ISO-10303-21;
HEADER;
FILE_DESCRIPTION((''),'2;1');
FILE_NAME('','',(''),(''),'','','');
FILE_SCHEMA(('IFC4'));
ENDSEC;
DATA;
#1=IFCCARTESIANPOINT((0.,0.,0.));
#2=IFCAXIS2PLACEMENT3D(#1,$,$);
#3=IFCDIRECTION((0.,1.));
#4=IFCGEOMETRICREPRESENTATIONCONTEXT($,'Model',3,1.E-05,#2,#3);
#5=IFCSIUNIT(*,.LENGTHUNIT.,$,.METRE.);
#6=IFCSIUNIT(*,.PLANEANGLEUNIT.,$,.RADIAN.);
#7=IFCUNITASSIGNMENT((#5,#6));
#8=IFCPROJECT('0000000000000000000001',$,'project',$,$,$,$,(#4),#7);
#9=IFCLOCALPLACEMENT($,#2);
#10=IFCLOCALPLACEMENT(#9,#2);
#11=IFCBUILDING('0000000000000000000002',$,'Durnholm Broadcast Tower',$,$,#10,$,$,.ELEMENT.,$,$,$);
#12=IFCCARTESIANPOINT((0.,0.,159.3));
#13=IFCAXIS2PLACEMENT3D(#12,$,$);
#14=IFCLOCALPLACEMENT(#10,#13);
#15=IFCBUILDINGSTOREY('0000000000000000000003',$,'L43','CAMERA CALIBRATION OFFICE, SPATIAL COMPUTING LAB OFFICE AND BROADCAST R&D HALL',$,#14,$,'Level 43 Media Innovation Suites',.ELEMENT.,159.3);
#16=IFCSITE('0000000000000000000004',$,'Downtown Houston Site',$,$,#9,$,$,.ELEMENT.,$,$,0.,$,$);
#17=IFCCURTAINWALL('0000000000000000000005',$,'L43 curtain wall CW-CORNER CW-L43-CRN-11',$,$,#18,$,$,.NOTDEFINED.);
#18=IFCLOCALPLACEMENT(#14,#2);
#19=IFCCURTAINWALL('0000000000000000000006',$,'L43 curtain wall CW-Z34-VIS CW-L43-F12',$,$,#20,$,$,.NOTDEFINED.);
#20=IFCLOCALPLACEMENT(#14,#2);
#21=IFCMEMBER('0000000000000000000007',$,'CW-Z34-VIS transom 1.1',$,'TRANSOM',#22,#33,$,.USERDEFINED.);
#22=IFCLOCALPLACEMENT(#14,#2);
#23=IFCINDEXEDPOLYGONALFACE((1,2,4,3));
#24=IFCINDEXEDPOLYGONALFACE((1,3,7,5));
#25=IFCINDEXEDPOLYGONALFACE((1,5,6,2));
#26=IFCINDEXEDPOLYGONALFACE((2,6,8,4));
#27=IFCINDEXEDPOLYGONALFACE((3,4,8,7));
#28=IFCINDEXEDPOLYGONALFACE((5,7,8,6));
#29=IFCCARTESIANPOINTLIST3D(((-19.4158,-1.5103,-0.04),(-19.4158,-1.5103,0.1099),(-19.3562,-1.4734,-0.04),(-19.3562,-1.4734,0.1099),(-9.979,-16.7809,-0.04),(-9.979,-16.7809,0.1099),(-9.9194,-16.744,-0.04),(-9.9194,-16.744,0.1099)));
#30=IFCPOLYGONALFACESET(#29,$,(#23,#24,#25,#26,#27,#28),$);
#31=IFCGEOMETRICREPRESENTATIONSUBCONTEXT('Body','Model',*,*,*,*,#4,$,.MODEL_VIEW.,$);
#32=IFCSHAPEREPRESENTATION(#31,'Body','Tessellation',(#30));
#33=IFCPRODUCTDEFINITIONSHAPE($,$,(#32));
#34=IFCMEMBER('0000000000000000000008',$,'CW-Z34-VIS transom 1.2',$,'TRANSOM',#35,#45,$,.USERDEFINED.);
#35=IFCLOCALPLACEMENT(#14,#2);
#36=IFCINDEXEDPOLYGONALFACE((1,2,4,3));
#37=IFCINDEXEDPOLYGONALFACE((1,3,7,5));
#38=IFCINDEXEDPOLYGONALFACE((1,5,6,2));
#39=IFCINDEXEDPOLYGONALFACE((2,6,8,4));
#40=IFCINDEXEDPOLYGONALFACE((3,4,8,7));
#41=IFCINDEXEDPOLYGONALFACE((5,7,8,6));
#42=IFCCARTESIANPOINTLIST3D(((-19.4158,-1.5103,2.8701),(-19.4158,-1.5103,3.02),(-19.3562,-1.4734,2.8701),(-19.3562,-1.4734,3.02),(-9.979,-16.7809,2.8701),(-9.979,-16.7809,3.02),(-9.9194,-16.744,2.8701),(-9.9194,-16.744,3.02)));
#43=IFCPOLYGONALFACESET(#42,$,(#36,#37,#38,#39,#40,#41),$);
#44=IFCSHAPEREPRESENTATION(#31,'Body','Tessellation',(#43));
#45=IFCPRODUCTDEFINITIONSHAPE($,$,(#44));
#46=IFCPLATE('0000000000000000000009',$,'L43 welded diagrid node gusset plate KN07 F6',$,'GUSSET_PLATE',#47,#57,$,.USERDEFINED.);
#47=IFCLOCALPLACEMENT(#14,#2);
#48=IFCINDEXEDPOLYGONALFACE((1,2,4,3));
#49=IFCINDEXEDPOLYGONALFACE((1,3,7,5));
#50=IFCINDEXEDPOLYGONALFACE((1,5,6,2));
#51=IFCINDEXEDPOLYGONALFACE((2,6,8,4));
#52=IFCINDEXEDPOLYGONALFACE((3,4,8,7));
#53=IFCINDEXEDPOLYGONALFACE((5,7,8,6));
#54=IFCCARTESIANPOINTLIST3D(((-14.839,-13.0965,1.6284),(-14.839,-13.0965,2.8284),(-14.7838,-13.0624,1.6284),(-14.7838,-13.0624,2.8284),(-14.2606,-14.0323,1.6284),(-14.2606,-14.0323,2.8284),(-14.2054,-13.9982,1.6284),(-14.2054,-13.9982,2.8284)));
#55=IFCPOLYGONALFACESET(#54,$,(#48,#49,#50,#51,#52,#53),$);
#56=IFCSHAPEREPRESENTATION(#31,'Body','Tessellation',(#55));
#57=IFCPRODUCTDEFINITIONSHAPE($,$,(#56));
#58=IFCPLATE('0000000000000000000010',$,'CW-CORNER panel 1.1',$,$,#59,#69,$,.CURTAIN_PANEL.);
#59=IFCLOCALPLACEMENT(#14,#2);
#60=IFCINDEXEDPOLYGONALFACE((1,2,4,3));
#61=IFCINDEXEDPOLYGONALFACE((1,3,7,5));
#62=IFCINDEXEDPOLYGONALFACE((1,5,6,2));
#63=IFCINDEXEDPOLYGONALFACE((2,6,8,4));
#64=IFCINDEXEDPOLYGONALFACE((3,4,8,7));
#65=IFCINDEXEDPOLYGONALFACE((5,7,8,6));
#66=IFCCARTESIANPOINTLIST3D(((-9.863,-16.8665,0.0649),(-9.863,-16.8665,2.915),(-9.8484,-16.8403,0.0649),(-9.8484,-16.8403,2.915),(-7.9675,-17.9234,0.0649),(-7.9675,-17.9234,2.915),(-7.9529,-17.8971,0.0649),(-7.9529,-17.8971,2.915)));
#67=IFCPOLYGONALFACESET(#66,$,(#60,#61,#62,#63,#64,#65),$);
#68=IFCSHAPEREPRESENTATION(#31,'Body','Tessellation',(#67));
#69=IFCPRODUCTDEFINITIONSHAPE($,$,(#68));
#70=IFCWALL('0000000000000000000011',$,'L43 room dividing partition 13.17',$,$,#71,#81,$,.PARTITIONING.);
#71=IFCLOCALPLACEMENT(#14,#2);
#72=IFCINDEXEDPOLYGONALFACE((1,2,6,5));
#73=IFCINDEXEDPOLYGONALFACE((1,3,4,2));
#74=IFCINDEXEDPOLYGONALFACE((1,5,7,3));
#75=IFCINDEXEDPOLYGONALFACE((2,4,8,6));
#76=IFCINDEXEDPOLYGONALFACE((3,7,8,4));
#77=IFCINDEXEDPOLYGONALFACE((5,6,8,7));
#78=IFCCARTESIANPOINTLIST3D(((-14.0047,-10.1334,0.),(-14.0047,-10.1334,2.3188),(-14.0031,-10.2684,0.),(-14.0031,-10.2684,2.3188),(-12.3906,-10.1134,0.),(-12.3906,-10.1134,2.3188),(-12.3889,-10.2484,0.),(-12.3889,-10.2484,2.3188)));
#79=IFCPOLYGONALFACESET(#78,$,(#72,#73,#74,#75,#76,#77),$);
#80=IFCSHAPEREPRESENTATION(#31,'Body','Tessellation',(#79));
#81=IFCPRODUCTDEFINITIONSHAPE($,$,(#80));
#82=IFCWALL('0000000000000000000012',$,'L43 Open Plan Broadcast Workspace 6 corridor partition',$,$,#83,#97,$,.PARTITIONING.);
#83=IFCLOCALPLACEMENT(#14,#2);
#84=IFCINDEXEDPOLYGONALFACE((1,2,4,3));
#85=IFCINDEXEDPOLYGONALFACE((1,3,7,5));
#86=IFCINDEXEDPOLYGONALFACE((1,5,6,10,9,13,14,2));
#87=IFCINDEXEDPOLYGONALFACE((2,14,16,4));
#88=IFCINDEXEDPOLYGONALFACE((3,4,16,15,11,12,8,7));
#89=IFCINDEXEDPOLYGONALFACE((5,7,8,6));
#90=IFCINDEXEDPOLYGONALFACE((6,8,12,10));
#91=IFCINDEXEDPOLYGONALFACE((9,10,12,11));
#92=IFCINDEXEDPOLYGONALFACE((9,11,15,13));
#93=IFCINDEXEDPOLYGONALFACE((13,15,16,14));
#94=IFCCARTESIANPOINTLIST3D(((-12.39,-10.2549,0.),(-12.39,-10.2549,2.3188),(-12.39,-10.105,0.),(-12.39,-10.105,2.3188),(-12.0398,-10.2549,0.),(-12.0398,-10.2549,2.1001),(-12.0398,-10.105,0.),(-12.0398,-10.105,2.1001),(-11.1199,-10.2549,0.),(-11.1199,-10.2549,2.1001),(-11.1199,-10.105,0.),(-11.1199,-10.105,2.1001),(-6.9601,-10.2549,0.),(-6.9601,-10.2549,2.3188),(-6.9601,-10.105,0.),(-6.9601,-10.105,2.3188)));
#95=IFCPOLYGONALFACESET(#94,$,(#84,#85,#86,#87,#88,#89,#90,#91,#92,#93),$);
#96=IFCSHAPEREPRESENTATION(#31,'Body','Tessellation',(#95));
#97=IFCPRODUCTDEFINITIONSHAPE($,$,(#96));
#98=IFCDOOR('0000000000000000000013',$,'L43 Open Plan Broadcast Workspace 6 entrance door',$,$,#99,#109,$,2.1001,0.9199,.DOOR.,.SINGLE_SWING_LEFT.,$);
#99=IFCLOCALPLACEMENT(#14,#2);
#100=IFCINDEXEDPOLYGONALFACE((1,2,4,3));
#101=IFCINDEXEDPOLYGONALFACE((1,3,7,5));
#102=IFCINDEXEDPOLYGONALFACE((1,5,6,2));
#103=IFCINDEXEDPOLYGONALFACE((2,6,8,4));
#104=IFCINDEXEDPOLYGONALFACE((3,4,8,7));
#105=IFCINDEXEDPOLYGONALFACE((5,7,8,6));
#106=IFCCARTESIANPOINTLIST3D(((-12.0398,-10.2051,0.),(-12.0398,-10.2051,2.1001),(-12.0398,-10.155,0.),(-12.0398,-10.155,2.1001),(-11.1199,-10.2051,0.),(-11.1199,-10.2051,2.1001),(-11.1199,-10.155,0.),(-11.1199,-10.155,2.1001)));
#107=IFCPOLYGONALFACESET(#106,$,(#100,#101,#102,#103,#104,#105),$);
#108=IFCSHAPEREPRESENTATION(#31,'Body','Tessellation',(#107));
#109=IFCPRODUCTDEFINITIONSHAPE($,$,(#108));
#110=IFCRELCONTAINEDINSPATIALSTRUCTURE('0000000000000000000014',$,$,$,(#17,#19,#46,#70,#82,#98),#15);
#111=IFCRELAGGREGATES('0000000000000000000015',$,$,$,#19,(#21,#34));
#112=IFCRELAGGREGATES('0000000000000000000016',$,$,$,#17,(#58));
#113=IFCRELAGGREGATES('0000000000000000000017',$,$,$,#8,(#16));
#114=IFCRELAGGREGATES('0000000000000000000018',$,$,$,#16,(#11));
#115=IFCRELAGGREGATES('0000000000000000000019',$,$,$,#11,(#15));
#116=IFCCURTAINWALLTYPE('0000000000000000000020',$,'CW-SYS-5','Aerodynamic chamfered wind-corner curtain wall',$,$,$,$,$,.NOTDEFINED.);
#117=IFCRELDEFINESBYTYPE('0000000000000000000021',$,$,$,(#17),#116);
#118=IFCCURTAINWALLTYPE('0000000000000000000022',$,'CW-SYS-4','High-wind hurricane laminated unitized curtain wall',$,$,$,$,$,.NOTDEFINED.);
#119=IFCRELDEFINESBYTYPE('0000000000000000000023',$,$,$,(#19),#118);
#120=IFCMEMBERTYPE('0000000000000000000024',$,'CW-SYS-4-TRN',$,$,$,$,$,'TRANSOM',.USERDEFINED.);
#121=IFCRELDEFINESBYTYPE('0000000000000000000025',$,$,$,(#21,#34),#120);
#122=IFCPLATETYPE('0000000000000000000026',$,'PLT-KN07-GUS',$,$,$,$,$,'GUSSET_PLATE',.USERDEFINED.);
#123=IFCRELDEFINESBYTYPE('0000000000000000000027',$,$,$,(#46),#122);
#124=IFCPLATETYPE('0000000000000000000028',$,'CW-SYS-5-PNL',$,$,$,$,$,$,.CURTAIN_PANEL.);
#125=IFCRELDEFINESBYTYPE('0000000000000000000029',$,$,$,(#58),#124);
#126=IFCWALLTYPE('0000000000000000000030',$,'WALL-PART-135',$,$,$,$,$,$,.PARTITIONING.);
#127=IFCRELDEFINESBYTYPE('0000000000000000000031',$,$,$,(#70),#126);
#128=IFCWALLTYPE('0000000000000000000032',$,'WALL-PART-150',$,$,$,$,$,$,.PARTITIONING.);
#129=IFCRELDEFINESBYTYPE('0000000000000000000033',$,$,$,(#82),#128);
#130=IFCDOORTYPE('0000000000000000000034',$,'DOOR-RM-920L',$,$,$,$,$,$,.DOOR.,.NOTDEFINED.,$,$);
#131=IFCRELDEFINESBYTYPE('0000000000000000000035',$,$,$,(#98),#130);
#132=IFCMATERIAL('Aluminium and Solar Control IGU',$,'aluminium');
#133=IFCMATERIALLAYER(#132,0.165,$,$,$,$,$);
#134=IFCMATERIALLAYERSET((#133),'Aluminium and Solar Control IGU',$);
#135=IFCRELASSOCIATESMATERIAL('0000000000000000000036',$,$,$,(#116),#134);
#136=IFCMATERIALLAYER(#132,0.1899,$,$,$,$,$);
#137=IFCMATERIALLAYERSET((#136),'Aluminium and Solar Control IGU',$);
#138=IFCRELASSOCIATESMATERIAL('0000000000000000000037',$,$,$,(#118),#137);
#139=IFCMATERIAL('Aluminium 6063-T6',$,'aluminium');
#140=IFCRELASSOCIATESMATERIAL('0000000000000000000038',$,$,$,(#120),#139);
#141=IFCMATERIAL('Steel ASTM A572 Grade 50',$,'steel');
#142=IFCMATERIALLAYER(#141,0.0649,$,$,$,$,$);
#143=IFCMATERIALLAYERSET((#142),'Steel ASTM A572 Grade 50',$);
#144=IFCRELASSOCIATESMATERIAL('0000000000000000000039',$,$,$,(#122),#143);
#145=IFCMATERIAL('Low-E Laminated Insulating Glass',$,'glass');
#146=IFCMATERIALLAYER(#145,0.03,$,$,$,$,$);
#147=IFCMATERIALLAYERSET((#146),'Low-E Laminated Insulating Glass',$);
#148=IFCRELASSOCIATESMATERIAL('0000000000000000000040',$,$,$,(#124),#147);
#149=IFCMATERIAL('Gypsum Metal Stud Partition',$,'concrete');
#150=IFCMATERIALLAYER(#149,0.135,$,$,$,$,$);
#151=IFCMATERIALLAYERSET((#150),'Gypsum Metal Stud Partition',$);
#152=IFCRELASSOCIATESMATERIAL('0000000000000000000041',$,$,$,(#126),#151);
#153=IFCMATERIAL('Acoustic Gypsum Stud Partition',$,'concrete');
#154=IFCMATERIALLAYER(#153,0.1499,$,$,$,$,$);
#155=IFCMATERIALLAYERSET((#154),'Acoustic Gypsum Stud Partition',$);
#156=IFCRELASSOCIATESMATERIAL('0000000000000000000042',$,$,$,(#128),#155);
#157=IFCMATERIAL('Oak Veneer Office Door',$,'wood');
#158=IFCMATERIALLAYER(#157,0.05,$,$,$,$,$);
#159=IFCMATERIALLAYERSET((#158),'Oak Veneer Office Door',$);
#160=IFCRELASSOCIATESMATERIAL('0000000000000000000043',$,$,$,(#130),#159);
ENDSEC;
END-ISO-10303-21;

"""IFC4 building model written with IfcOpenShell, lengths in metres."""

from ifc_helpers import new_model, si_unit, direction, frame, frame_2d, origin, origin_2d, place, context, subcontext, project, spatial, rectangle, extrude, source, transform, mapped, material, layer, layer_set, material_profile, profile_set, type_object, type_shapes, element, fill, aggregate, save


model = new_model("IFC4")

# Units and contexts
model_context = context("Model", 3, precision=1e-05, world=origin(), true_north=direction((0.0, 1.0)))
body_context = subcontext(model_context, "Body", "Model", "MODEL_VIEW")
ifc_project = project(units=[si_unit("LENGTHUNIT", "METRE"), si_unit("PLANEANGLEUNIT", "RADIAN")], contexts=[model_context])

# Site, building, storey
site_placement = place(None, origin())
site = spatial("IfcSite", under=ifc_project, at=site_placement, Name="Downtown Houston Site", CompositionType="ELEMENT", RefElevation=0.0)
building_placement = place(site_placement, origin())
building = spatial("IfcBuilding", under=site, at=building_placement, Name="Durnholm Broadcast Tower", CompositionType="ELEMENT")
storey_placement = place(building_placement, frame((0.0, 0.0, 159.3)))
storey = spatial("IfcBuildingStorey", under=building, at=storey_placement, Name="L43", Description="CAMERA CALIBRATION OFFICE, SPATIAL COMPUTING LAB OFFICE AND BROADCAST R&D HALL", LongName="Level 43 Media Innovation Suites", CompositionType="ELEMENT", Elevation=159.3)

# Curtain wall
ifc_material_1 = material(Name="Aluminium and Solar Control IGU", Category="aluminium")
ifc_layer_1 = layer(ifc_material_1, 0.165)
ifc_layer_set_1 = layer_set([ifc_layer_1], Name="Aluminium and Solar Control IGU")
curtain_wall_type_1 = type_object("IfcCurtainWallType", Name="CW-SYS-5", Description="Aerodynamic chamfered wind-corner curtain wall", PredefinedType="NOTDEFINED", material=ifc_layer_set_1)
curtain_wall_1_placement = place(storey_placement, origin())
curtain_wall_1 = element("IfcCurtainWall", 1, at=curtain_wall_1_placement, inside=storey, type_object=curtain_wall_type_1, Name="L43 curtain wall CW-CORNER CW-L43-CRN-11", PredefinedType="NOTDEFINED")
ifc_material_2 = material(Name="Aluminium 6063-T6", Category="aluminium")

# Shared definitions
ifc_layer_2 = layer(ifc_material_1, 0.1899)
ifc_layer_set_2 = layer_set([ifc_layer_2], Name="Aluminium and Solar Control IGU")
curtain_wall_type_2 = type_object("IfcCurtainWallType", Name="CW-SYS-4", Description="High-wind hurricane laminated unitized curtain wall", PredefinedType="NOTDEFINED", material=ifc_layer_set_2)

# Curtain wall, members
curtain_wall_2_placement = place(storey_placement, origin())
curtain_wall_2 = element("IfcCurtainWall", 2, at=curtain_wall_2_placement, inside=storey, type_object=curtain_wall_type_2, Name="L43 curtain wall CW-Z34-VIS CW-L43-F12", PredefinedType="NOTDEFINED")
ifc_material_profile_1 = material_profile(ifc_material_2, rectangle(XDim=0.0701, YDim=0.1499, at=origin_2d()), Name="CWT70X150")
ifc_profile_set_1 = profile_set([ifc_material_profile_1], Name="Aluminium 6063-T6")
member_type_1 = type_object("IfcMemberType", Name="CW-SYS-4-TRN", ElementType="TRANSOM", PredefinedType="USERDEFINED", material=ifc_profile_set_1)
shared_shape_1 = source(origin(), body_context, "Body", "SweptSolid", [
    extrude(rectangle(XDim=0.0701, YDim=0.1499, at=origin_2d()), origin(), (0.0, 0.0, 1.0), 17.9512),
])
type_shapes(member_type_1, [shared_shape_1])
member_1_placement = place(storey_placement, frame((-9.9492, -16.7625, 0.0349), z_axis=(-0.525694, 0.850674, 0.0), x_axis=(-0.850674, -0.525694, 0.0)))
member_1 = element("IfcMember", 3, at=member_1_placement, type_object=member_type_1, Name="CW-Z34-VIS transom 1.1", ObjectType="TRANSOM", PredefinedType="USERDEFINED", context=body_context, shape_type="MappedRepresentation", body=[
    mapped(shared_shape_1, transform((0.0, 0.0, 0.0), x_axis=(1.0, 0.0, 0.0), y_axis=(0.0, 1.0, 0.0), z_axis=(0.0, 0.0, 1.0), scale=1.0)),
])
member_2_placement = place(storey_placement, frame((-9.9492, -16.7625, 2.9451), z_axis=(-0.525694, 0.850674, 0.0), x_axis=(-0.850674, -0.525694, 0.0)))
member_2 = element("IfcMember", 4, at=member_2_placement, type_object=member_type_1, Name="CW-Z34-VIS transom 1.2", ObjectType="TRANSOM", PredefinedType="USERDEFINED", context=body_context, shape_type="MappedRepresentation", body=[
    mapped(shared_shape_1, transform((0.0, 0.0, 0.0), x_axis=(1.0, 0.0, 0.0), y_axis=(0.0, 1.0, 0.0), z_axis=(0.0, 0.0, 1.0), scale=1.0)),
])
aggregate(curtain_wall_2, [member_1, member_2])

# Plates
ifc_material_3 = material(Name="Steel ASTM A572 Grade 50", Category="steel")
ifc_layer_3 = layer(ifc_material_3, 0.0649)
ifc_layer_set_3 = layer_set([ifc_layer_3], Name="Steel ASTM A572 Grade 50")
plate_type_1 = type_object("IfcPlateType", Name="PLT-KN07-GUS", ElementType="GUSSET_PLATE", PredefinedType="USERDEFINED", material=ifc_layer_set_3)
shared_shape_2 = source(origin(), body_context, "Body", "SweptSolid", [
    extrude(rectangle(XDim=1.1001, YDim=0.0649, at=origin_2d()), origin(), (0.0, 0.0, 1.0), 1.2),
])
type_shapes(plate_type_1, [shared_shape_2])
plate_1_placement = place(storey_placement, frame((-14.5222, -13.5474, 1.6284), z_axis=(0.0, 0.0, 1.0), x_axis=(0.525769, -0.850628, 0.0)))
element("IfcPlate", 5, at=plate_1_placement, inside=storey, type_object=plate_type_1, Name="L43 welded diagrid node gusset plate KN07 F6", ObjectType="GUSSET_PLATE", PredefinedType="USERDEFINED", context=body_context, shape_type="MappedRepresentation", body=[
    mapped(shared_shape_2, transform((0.0, 0.0, 0.0), x_axis=(1.0, 0.0, 0.0), y_axis=(0.0, 1.0, 0.0), z_axis=(0.0, 0.0, 1.0), scale=1.0)),
])
ifc_material_4 = material(Name="Low-E Laminated Insulating Glass", Category="glass")
ifc_layer_4 = layer(ifc_material_4, 0.03)
ifc_layer_set_4 = layer_set([ifc_layer_4], Name="Low-E Laminated Insulating Glass")
plate_type_2 = type_object("IfcPlateType", Name="CW-SYS-5-PNL", PredefinedType="CURTAIN_PANEL", material=ifc_layer_set_4)
shared_shape_3 = source(origin(), body_context, "Body", "SweptSolid", [
    extrude(rectangle(XDim=2.1702, YDim=0.03, at=origin_2d()), origin(), (0.0, 0.0, 1.0), 2.8501),
])
type_shapes(plate_type_2, [shared_shape_3])
plate_2_placement = place(storey_placement, frame((-8.908, -17.3818, 0.0649), z_axis=(0.0, 0.0, 1.0), x_axis=(-0.87341, 0.486986, 0.0)))
plate_2 = element("IfcPlate", 6, at=plate_2_placement, type_object=plate_type_2, Name="CW-CORNER panel 1.1", PredefinedType="CURTAIN_PANEL", context=body_context, shape_type="MappedRepresentation", body=[
    mapped(shared_shape_3, transform((0.0, 0.0, 0.0), x_axis=(1.0, 0.0, 0.0), y_axis=(0.0, 1.0, 0.0), z_axis=(0.0, 0.0, 1.0), scale=1.0)),
])
aggregate(curtain_wall_1, [plate_2])

# Wall
ifc_material_5 = material(Name="Gypsum Metal Stud Partition", Category="concrete")
ifc_layer_5 = layer(ifc_material_5, 0.135)
ifc_layer_set_5 = layer_set([ifc_layer_5], Name="Gypsum Metal Stud Partition")
wall_type_1 = type_object("IfcWallType", Name="WALL-PART-135", PredefinedType="PARTITIONING", material=ifc_layer_set_5)
wall_1_placement = place(storey_placement, frame((-14.0039, -10.2009, 0.0), z_axis=(0.0, 0.0, 1.0), x_axis=(0.999923, 0.012403, 0.0)))
element("IfcWall", 7, at=wall_1_placement, inside=storey, type_object=wall_type_1, Name="L43 room dividing partition 13.17", PredefinedType="PARTITIONING", context=body_context, shape_type="SweptSolid", body=[
    extrude(rectangle(XDim=1.6143, YDim=0.135, at=frame_2d((0.8071, 0.0))), origin(), (0.0, 0.0, 1.0), 2.3188),
])

# Wall, opening, door
ifc_material_6 = material(Name="Acoustic Gypsum Stud Partition", Category="concrete")
ifc_layer_6 = layer(ifc_material_6, 0.1499)
ifc_layer_set_6 = layer_set([ifc_layer_6], Name="Acoustic Gypsum Stud Partition")
wall_type_2 = type_object("IfcWallType", Name="WALL-PART-150", PredefinedType="PARTITIONING", material=ifc_layer_set_6)
wall_2_placement = place(storey_placement, frame((-12.3899, -10.1799, 0.0), z_axis=(0.0, 0.0, 1.0), x_axis=(1.0, 0.0, 0.0)))
wall_2 = element("IfcWall", 8, at=wall_2_placement, inside=storey, type_object=wall_type_2, Name="L43 Open Plan Broadcast Workspace 6 corridor partition", PredefinedType="PARTITIONING", context=body_context, shape_type="SweptSolid", body=[
    extrude(rectangle(XDim=5.4299, YDim=0.1499, at=frame_2d((2.7148, 0.0))), origin(), (0.0, 0.0, 1.0), 2.3188),
])
opening_placement = place(wall_2_placement, frame((0.3501, 0.0, 0.0)))
opening = element("IfcOpeningElement", 9, at=opening_placement, cuts=wall_2, PredefinedType="OPENING", context=body_context, shape_type="SweptSolid", body=[
    extrude(rectangle(XDim=0.9199, YDim=2.1001, at=frame_2d((0.46, 1.05))), frame((0.0, 0.085, 0.0), z_axis=(0.0, -1.0, 0.0), x_axis=(1.0, 0.0, 0.0)), (0.0, 0.0, 1.0), 0.1699),
])
ifc_material_7 = material(Name="Oak Veneer Office Door", Category="wood")
ifc_layer_7 = layer(ifc_material_7, 0.05)
ifc_layer_set_7 = layer_set([ifc_layer_7], Name="Oak Veneer Office Door")
door_type = type_object("IfcDoorType", Name="DOOR-RM-920L", OperationType="NOTDEFINED", PredefinedType="DOOR", material=ifc_layer_set_7)
shared_shape_4 = source(origin(), body_context, "Body", "SweptSolid", [
    extrude(rectangle(XDim=0.9199, YDim=2.1001, at=frame_2d((0.46, 1.05))), frame((0.0, 0.0249, 0.0), z_axis=(0.0, -1.0, 0.0), x_axis=(1.0, 0.0, 0.0)), (0.0, 0.0, 1.0), 0.05),
])
type_shapes(door_type, [shared_shape_4])
door_placement = place(opening_placement, origin())
door = element("IfcDoor", 10, at=door_placement, inside=storey, type_object=door_type, Name="L43 Open Plan Broadcast Workspace 6 entrance door", OperationType="SINGLE_SWING_LEFT", OverallHeight=2.1001, OverallWidth=0.9199, PredefinedType="DOOR", context=body_context, shape_type="MappedRepresentation", body=[
    mapped(shared_shape_4, transform((0.0, 0.0, 0.0), x_axis=(1.0, 0.0, 0.0), y_axis=(0.0, 1.0, 0.0), z_axis=(0.0, 0.0, 1.0), scale=1.0)),
])
fill(opening, door)

save(model, "model.ifc")
